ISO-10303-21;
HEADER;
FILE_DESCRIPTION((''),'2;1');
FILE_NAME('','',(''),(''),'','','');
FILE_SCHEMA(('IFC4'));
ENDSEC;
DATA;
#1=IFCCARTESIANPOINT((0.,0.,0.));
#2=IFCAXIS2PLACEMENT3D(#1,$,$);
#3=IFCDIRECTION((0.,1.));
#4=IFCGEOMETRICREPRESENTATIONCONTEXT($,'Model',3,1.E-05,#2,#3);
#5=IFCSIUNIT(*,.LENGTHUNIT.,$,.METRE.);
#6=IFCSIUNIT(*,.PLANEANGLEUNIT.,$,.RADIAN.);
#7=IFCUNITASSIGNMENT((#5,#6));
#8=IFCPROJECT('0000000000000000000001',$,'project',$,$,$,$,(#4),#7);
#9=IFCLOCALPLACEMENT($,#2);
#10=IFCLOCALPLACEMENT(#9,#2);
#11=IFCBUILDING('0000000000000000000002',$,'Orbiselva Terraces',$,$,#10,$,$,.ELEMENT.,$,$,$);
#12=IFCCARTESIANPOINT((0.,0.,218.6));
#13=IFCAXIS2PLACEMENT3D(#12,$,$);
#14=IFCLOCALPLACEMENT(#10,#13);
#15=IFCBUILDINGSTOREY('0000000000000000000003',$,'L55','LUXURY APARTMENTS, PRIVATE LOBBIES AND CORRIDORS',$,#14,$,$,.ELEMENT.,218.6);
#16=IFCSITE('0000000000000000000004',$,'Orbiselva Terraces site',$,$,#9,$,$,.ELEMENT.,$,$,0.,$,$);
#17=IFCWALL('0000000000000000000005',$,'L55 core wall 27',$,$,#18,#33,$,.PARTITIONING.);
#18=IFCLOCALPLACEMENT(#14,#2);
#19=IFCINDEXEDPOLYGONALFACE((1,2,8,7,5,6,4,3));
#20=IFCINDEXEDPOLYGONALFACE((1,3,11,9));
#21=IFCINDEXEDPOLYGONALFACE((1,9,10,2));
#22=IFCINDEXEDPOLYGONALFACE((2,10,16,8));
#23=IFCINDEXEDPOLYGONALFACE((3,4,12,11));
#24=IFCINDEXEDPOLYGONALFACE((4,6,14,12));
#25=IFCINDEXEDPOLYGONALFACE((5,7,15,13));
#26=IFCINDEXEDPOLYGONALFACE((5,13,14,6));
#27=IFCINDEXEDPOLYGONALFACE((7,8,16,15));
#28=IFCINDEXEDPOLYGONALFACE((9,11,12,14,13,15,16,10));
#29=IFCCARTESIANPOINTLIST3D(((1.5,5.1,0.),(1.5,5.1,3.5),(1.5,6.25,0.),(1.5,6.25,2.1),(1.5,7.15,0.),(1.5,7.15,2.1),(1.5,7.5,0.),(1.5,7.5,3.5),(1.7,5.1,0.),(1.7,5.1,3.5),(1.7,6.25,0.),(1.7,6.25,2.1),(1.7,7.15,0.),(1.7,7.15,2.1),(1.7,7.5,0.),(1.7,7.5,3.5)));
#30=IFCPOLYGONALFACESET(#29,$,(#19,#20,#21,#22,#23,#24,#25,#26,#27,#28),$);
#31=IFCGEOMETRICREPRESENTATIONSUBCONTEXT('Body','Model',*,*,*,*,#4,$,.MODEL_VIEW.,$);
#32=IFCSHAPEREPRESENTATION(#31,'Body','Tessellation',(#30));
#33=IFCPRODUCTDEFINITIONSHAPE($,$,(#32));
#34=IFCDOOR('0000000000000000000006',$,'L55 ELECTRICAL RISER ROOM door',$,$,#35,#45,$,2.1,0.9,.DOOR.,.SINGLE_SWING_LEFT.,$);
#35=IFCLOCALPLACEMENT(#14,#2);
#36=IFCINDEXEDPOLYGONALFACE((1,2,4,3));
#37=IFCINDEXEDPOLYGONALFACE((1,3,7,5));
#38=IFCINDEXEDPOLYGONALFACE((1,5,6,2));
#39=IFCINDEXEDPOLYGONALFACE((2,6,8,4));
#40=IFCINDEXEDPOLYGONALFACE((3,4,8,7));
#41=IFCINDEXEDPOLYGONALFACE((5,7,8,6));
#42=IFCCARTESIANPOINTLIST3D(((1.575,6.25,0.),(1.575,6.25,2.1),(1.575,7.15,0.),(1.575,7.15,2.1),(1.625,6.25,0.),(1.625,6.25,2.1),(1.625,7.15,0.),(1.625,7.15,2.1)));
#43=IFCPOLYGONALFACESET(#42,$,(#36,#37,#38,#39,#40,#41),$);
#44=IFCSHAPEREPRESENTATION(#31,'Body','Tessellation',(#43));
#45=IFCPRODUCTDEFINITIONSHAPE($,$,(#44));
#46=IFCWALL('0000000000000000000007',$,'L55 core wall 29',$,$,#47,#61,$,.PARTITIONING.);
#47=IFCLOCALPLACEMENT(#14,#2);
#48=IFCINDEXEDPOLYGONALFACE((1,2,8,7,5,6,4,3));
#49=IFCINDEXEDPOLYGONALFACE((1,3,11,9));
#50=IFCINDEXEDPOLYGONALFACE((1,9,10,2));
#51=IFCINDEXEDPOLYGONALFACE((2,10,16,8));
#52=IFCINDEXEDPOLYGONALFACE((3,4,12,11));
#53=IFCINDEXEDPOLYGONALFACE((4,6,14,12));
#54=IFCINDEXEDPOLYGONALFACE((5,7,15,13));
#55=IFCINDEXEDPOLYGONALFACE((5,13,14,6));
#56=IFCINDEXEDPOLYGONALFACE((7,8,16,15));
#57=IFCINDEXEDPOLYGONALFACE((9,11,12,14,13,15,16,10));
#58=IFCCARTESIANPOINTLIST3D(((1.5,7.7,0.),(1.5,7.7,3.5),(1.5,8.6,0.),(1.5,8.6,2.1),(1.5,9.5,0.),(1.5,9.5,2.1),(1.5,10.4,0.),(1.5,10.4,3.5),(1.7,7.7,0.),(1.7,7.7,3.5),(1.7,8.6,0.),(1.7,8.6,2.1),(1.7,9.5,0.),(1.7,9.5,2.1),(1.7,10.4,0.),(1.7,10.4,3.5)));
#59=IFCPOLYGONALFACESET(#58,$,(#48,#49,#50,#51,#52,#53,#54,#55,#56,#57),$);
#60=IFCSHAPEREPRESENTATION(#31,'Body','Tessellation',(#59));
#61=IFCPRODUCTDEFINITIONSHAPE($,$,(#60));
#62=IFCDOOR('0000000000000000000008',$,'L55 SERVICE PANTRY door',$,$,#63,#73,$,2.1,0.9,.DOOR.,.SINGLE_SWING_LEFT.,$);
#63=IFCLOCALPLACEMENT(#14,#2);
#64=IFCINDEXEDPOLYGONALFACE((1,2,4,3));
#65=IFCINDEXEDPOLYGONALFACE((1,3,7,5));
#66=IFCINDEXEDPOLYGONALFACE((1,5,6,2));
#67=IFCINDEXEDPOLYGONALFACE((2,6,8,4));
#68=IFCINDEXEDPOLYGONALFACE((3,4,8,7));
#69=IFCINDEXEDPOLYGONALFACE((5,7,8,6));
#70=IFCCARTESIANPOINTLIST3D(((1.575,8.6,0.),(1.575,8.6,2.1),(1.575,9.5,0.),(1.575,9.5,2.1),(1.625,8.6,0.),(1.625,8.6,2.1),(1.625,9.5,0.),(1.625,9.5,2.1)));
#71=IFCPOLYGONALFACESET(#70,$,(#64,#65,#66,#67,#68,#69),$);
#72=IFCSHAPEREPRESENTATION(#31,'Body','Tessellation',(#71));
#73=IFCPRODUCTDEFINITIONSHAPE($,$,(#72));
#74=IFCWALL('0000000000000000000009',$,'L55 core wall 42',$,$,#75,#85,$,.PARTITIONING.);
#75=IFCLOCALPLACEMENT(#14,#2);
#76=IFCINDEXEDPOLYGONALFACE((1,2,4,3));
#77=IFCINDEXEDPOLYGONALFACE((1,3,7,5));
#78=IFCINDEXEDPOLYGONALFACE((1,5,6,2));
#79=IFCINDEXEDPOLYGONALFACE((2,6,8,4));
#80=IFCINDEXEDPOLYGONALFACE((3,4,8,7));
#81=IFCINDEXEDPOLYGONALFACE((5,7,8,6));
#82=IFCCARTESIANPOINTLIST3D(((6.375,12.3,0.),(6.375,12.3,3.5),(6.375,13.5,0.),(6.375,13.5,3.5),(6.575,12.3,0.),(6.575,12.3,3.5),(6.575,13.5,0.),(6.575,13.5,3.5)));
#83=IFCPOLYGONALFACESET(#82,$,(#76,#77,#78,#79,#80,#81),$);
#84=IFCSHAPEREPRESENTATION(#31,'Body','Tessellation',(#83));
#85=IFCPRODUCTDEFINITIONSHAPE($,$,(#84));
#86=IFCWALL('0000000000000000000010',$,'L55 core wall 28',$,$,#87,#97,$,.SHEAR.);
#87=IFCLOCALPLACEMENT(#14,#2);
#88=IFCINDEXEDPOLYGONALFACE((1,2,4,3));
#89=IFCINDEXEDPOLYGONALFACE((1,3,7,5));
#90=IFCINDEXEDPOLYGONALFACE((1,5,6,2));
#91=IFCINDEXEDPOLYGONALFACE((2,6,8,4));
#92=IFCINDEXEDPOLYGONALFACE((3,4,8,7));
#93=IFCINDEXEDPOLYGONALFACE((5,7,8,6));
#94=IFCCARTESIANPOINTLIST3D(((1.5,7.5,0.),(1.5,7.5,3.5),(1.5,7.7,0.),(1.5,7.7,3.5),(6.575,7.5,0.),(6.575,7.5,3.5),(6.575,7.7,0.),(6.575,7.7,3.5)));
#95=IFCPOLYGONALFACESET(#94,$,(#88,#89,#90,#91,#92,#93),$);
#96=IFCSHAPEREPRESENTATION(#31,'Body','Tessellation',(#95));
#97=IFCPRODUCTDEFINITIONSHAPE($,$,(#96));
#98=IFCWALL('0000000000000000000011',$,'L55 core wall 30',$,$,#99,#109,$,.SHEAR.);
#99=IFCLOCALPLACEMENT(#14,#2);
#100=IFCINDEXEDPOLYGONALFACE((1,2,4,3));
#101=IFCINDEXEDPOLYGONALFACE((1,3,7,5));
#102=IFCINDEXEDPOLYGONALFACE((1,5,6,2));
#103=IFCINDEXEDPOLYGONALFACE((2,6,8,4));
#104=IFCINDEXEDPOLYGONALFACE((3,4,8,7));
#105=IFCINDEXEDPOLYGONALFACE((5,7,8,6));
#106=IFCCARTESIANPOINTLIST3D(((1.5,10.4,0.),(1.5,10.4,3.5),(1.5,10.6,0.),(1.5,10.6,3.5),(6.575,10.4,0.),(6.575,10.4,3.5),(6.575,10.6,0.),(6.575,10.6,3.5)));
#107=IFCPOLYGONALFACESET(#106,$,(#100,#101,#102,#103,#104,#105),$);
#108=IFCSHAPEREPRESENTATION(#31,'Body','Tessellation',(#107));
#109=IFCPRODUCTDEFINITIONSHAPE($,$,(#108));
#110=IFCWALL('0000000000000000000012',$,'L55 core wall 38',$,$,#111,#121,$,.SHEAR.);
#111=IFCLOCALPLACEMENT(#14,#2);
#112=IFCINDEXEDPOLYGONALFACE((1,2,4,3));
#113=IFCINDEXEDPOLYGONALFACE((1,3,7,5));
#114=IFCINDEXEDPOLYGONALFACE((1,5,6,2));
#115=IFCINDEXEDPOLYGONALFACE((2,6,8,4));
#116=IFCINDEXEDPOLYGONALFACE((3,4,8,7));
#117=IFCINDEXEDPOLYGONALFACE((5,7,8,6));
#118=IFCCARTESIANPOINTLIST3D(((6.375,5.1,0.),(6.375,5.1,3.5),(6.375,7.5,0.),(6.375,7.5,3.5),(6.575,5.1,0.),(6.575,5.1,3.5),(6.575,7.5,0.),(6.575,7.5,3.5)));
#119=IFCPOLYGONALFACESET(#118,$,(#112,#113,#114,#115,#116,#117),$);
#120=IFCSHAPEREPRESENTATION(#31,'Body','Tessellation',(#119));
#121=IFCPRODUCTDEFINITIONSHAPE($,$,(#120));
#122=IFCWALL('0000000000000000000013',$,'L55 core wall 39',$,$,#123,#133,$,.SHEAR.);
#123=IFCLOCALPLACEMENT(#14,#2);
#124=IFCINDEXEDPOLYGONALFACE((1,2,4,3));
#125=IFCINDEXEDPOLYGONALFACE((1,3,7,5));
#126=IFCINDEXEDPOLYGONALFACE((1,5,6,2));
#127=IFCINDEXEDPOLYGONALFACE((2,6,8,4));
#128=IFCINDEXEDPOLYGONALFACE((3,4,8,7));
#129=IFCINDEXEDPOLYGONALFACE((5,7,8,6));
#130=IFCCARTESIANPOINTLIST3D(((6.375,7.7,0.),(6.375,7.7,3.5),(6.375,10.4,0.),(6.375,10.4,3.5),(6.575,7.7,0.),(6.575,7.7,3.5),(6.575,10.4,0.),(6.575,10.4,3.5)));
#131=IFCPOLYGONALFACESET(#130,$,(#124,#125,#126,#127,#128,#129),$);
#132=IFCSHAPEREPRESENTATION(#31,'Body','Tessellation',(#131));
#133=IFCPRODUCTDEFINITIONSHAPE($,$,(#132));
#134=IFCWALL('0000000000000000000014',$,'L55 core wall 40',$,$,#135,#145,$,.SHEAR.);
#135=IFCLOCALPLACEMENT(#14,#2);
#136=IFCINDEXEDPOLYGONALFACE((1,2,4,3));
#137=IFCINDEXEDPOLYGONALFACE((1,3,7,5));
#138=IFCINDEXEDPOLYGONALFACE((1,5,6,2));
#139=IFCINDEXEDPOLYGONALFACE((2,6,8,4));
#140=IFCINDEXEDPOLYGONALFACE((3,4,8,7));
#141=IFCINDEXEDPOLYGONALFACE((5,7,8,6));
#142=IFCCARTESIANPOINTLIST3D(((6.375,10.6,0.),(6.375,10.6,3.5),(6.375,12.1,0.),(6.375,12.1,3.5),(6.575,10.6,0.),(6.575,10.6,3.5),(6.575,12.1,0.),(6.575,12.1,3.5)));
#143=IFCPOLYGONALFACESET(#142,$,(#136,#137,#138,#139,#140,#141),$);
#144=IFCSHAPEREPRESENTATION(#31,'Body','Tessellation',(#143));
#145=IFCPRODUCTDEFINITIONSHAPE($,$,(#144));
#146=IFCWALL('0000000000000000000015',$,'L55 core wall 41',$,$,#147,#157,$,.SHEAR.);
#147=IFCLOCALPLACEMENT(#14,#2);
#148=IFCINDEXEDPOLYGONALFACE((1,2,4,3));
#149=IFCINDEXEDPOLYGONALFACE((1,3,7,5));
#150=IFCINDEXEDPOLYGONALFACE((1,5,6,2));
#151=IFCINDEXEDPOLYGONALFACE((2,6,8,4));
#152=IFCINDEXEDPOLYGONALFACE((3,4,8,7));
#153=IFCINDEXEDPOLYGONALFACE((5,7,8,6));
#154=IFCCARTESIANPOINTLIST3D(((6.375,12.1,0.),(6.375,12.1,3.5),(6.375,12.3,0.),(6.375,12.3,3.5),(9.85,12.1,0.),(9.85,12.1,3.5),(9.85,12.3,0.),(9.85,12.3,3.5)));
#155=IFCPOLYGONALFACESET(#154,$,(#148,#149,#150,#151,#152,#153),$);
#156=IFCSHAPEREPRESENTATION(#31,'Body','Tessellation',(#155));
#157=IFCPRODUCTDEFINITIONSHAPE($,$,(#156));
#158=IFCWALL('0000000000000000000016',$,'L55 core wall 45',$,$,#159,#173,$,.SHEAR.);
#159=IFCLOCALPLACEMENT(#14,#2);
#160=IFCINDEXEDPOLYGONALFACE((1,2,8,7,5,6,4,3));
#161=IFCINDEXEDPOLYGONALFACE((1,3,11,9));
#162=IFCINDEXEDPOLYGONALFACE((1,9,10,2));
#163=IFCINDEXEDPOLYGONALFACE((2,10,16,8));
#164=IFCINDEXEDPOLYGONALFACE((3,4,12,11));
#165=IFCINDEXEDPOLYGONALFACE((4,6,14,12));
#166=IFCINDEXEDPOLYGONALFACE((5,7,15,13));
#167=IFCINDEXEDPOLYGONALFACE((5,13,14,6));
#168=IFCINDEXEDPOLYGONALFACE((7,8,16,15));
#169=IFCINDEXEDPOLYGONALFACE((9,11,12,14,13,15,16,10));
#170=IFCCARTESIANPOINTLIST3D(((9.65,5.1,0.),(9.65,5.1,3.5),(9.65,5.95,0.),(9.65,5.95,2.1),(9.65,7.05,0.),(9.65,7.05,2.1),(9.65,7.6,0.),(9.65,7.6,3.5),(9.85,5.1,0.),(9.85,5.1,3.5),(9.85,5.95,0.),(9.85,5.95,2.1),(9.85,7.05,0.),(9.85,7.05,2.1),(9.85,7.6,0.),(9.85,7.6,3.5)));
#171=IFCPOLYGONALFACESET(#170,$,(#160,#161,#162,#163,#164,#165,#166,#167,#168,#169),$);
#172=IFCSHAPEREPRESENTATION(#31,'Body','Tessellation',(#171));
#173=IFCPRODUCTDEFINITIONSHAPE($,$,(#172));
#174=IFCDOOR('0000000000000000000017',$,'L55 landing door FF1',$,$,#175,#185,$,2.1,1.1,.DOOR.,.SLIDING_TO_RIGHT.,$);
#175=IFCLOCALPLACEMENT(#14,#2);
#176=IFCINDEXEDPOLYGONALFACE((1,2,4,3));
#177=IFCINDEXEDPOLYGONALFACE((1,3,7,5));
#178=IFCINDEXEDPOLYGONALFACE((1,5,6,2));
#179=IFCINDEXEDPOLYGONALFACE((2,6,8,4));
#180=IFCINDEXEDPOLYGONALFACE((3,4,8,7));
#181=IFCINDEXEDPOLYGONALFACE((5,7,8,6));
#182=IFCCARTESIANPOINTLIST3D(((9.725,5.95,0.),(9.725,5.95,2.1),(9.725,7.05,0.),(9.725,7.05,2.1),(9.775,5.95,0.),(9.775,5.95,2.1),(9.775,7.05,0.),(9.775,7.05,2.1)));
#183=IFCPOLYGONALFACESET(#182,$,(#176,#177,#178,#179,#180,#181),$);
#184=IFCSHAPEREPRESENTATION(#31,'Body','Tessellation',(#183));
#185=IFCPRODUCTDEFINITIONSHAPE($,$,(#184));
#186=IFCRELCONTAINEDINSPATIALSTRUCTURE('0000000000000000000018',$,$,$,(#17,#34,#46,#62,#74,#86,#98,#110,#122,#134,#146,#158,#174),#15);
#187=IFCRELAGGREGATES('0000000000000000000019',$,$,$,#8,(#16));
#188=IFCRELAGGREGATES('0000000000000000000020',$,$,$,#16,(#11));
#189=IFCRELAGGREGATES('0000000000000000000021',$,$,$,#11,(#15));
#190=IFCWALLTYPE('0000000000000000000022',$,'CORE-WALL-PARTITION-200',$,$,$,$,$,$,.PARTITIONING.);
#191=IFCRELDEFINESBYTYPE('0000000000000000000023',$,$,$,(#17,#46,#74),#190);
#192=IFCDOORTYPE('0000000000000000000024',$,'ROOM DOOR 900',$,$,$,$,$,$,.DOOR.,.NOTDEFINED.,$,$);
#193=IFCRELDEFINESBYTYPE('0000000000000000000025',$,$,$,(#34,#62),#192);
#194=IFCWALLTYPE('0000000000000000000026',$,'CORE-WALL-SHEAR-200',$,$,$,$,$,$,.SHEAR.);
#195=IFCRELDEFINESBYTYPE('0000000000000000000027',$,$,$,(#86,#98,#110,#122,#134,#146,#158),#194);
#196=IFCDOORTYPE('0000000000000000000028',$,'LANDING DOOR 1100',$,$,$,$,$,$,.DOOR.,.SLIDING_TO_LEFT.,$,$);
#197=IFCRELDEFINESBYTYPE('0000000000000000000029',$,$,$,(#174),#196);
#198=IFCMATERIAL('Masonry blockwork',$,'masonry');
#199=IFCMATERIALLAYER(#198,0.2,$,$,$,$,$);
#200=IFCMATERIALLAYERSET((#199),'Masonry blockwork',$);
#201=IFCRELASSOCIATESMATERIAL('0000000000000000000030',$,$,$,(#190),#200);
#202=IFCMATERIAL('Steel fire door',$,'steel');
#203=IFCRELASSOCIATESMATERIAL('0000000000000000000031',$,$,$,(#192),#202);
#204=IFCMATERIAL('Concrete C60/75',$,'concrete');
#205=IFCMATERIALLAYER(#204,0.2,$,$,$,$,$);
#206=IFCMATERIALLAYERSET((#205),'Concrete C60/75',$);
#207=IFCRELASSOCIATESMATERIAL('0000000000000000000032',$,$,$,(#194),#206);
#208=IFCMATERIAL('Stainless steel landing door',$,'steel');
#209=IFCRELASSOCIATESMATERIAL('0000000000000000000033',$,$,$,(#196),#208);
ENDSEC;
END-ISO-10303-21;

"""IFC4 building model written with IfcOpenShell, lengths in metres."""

from ifc_helpers import new_model, si_unit, direction, frame, frame_2d, origin, place, context, subcontext, project, spatial, rectangle, extrude, material, layer, layer_set, type_object, element, fill, save


model = new_model("IFC4")

# Units and contexts
model_context = context("Model", 3, precision=1e-05, world=origin(), true_north=direction((0.0, 1.0)))
body_context = subcontext(model_context, "Body", "Model", "MODEL_VIEW")
ifc_project = project(units=[si_unit("LENGTHUNIT", "METRE"), si_unit("PLANEANGLEUNIT", "RADIAN")], contexts=[model_context])

# Site, building, storey
site_placement = place(None, origin())
site = spatial("IfcSite", under=ifc_project, at=site_placement, Name="Orbiselva Terraces site", CompositionType="ELEMENT", RefElevation=0.0)
building_placement = place(site_placement, origin())
building = spatial("IfcBuilding", under=site, at=building_placement, Name="Orbiselva Terraces", CompositionType="ELEMENT")
storey_placement = place(building_placement, frame((0.0, 0.0, 218.6)))
storey = spatial("IfcBuildingStorey", under=building, at=storey_placement, Name="L55", Description="LUXURY APARTMENTS, PRIVATE LOBBIES AND CORRIDORS", CompositionType="ELEMENT", Elevation=218.6)

# Walls, openings, doors
ifc_material_1 = material(Name="Masonry blockwork", Category="masonry")
ifc_layer_1 = layer(ifc_material_1, 0.2)
ifc_layer_set_1 = layer_set([ifc_layer_1], Name="Masonry blockwork")
wall_type_1 = type_object("IfcWallType", Name="CORE-WALL-PARTITION-200", PredefinedType="PARTITIONING", material=ifc_layer_set_1)
wall_1_placement = place(storey_placement, frame((1.6, 7.5, 0.0), z_axis=(0.0, 0.0, 1.0), x_axis=(0.0, -1.0, 0.0)))
wall_1 = element("IfcWall", 1, at=wall_1_placement, inside=storey, type_object=wall_type_1, Name="L55 core wall 27", PredefinedType="PARTITIONING", context=body_context, shape_type="SweptSolid", body=[
    extrude(rectangle(XDim=2.4, YDim=0.2, at=frame_2d((1.2, 0.0))), origin(), (0.0, 0.0, 1.0), 3.5),
])
opening_1_placement = place(wall_1_placement, frame((0.35, 0.0, 0.0)))
opening_1 = element("IfcOpeningElement", 2, at=opening_1_placement, cuts=wall_1, PredefinedType="OPENING", context=body_context, shape_type="SweptSolid", body=[
    extrude(rectangle(XDim=0.9, YDim=2.1, at=frame_2d((0.45, 1.05))), frame((0.0, 0.11, 0.0), z_axis=(0.0, -1.0, 0.0), x_axis=(1.0, 0.0, 0.0)), (0.0, 0.0, 1.0), 0.22),
])
ifc_material_2 = material(Name="Steel fire door", Category="steel")
door_type_1 = type_object("IfcDoorType", Name="ROOM DOOR 900", OperationType="NOTDEFINED", PredefinedType="DOOR", material=ifc_material_2)
door_1_placement = place(opening_1_placement, origin())
door_1 = element("IfcDoor", 3, at=door_1_placement, inside=storey, type_object=door_type_1, Name="L55 ELECTRICAL RISER ROOM door", OperationType="SINGLE_SWING_LEFT", OverallHeight=2.1, OverallWidth=0.9, PredefinedType="DOOR", context=body_context, shape_type="SweptSolid", body=[
    extrude(rectangle(XDim=0.9, YDim=2.1, at=frame_2d((0.45, 1.05))), frame((0.0, 0.025, 0.0), z_axis=(0.0, -1.0, 0.0), x_axis=(1.0, 0.0, 0.0)), (0.0, 0.0, 1.0), 0.05),
])
fill(opening_1, door_1)
wall_2_placement = place(storey_placement, frame((1.6, 10.4, 0.0), z_axis=(0.0, 0.0, 1.0), x_axis=(0.0, -1.0, 0.0)))
wall_2 = element("IfcWall", 4, at=wall_2_placement, inside=storey, type_object=wall_type_1, Name="L55 core wall 29", PredefinedType="PARTITIONING", context=body_context, shape_type="SweptSolid", body=[
    extrude(rectangle(XDim=2.7, YDim=0.2, at=frame_2d((1.35, 0.0))), origin(), (0.0, 0.0, 1.0), 3.5),
])
opening_2_placement = place(wall_2_placement, frame((0.9, 0.0, 0.0)))
opening_2 = element("IfcOpeningElement", 5, at=opening_2_placement, cuts=wall_2, PredefinedType="OPENING", context=body_context, shape_type="SweptSolid", body=[
    extrude(rectangle(XDim=0.9, YDim=2.1, at=frame_2d((0.45, 1.05))), frame((0.0, 0.11, 0.0), z_axis=(0.0, -1.0, 0.0), x_axis=(1.0, 0.0, 0.0)), (0.0, 0.0, 1.0), 0.22),
])
door_2_placement = place(opening_2_placement, origin())
door_2 = element("IfcDoor", 6, at=door_2_placement, inside=storey, type_object=door_type_1, Name="L55 SERVICE PANTRY door", OperationType="SINGLE_SWING_LEFT", OverallHeight=2.1, OverallWidth=0.9, PredefinedType="DOOR", context=body_context, shape_type="SweptSolid", body=[
    extrude(rectangle(XDim=0.9, YDim=2.1, at=frame_2d((0.45, 1.05))), frame((0.0, 0.025, 0.0), z_axis=(0.0, -1.0, 0.0), x_axis=(1.0, 0.0, 0.0)), (0.0, 0.0, 1.0), 0.05),
])
fill(opening_2, door_2)

# Walls
wall_3_placement = place(storey_placement, frame((6.475, 12.3, 0.0), z_axis=(0.0, 0.0, 1.0), x_axis=(0.0, 1.0, 0.0)))
element("IfcWall", 7, at=wall_3_placement, inside=storey, type_object=wall_type_1, Name="L55 core wall 42", PredefinedType="PARTITIONING", context=body_context, shape_type="SweptSolid", body=[
    extrude(rectangle(XDim=1.2, YDim=0.2, at=frame_2d((0.6, 0.0))), origin(), (0.0, 0.0, 1.0), 3.5),
])
ifc_material_3 = material(Name="Concrete C60/75", Category="concrete")
ifc_layer_2 = layer(ifc_material_3, 0.2)
ifc_layer_set_2 = layer_set([ifc_layer_2], Name="Concrete C60/75")
wall_type_2 = type_object("IfcWallType", Name="CORE-WALL-SHEAR-200", PredefinedType="SHEAR", material=ifc_layer_set_2)
for number, where, z_axis, x_axis, name in (
    (8, (1.5, 7.6, 0.0), (0.0, 0.0, 1.0), (1.0, 0.0, 0.0), "L55 core wall 28"),
    (9, (1.5, 10.5, 0.0), (0.0, 0.0, 1.0), (1.0, 0.0, 0.0), "L55 core wall 30"),
):
    element("IfcWall", number, at=place(storey_placement, frame(where, z_axis=z_axis, x_axis=x_axis)), inside=storey, type_object=wall_type_2, Name=name, PredefinedType="SHEAR", context=body_context, shape_type="SweptSolid", body=[
        extrude(rectangle(XDim=5.075, YDim=0.2, at=frame_2d((2.5375, 0.0))), origin(), (0.0, 0.0, 1.0), 3.5),
    ])
wall_4_placement = place(storey_placement, frame((6.475, 5.1, 0.0), z_axis=(0.0, 0.0, 1.0), x_axis=(0.0, 1.0, 0.0)))
element("IfcWall", 10, at=wall_4_placement, inside=storey, type_object=wall_type_2, Name="L55 core wall 38", PredefinedType="SHEAR", context=body_context, shape_type="SweptSolid", body=[
    extrude(rectangle(XDim=2.4, YDim=0.2, at=frame_2d((1.2, 0.0))), origin(), (0.0, 0.0, 1.0), 3.5),
])
wall_5_placement = place(storey_placement, frame((6.475, 7.7, 0.0), z_axis=(0.0, 0.0, 1.0), x_axis=(0.0, 1.0, 0.0)))
element("IfcWall", 11, at=wall_5_placement, inside=storey, type_object=wall_type_2, Name="L55 core wall 39", PredefinedType="SHEAR", context=body_context, shape_type="SweptSolid", body=[
    extrude(rectangle(XDim=2.7, YDim=0.2, at=frame_2d((1.35, 0.0))), origin(), (0.0, 0.0, 1.0), 3.5),
])
wall_6_placement = place(storey_placement, frame((6.475, 10.6, 0.0), z_axis=(0.0, 0.0, 1.0), x_axis=(0.0, 1.0, 0.0)))
element("IfcWall", 12, at=wall_6_placement, inside=storey, type_object=wall_type_2, Name="L55 core wall 40", PredefinedType="SHEAR", context=body_context, shape_type="SweptSolid", body=[
    extrude(rectangle(XDim=1.5, YDim=0.2, at=frame_2d((0.75, 0.0))), origin(), (0.0, 0.0, 1.0), 3.5),
])
wall_7_placement = place(storey_placement, frame((6.375, 12.2, 0.0), z_axis=(0.0, 0.0, 1.0), x_axis=(1.0, 0.0, 0.0)))
element("IfcWall", 13, at=wall_7_placement, inside=storey, type_object=wall_type_2, Name="L55 core wall 41", PredefinedType="SHEAR", context=body_context, shape_type="SweptSolid", body=[
    extrude(rectangle(XDim=3.475, YDim=0.2, at=frame_2d((1.7375, 0.0))), origin(), (0.0, 0.0, 1.0), 3.5),
])

# Wall, opening, door
wall_8_placement = place(storey_placement, frame((9.75, 5.1, 0.0), z_axis=(0.0, 0.0, 1.0), x_axis=(0.0, 1.0, 0.0)))
wall_8 = element("IfcWall", 14, at=wall_8_placement, inside=storey, type_object=wall_type_2, Name="L55 core wall 45", PredefinedType="SHEAR", context=body_context, shape_type="SweptSolid", body=[
    extrude(rectangle(XDim=2.5, YDim=0.2, at=frame_2d((1.25, 0.0))), origin(), (0.0, 0.0, 1.0), 3.5),
])
opening_3_placement = place(wall_8_placement, frame((0.85, 0.0, 0.0)))
opening_3 = element("IfcOpeningElement", 15, at=opening_3_placement, cuts=wall_8, PredefinedType="OPENING", context=body_context, shape_type="SweptSolid", body=[
    extrude(rectangle(XDim=1.1, YDim=2.1, at=frame_2d((0.55, 1.05))), frame((0.0, 0.11, 0.0), z_axis=(0.0, -1.0, 0.0), x_axis=(1.0, 0.0, 0.0)), (0.0, 0.0, 1.0), 0.22),
])
ifc_material_4 = material(Name="Stainless steel landing door", Category="steel")
door_type_2 = type_object("IfcDoorType", Name="LANDING DOOR 1100", OperationType="SLIDING_TO_LEFT", PredefinedType="DOOR", material=ifc_material_4)
door_3_placement = place(opening_3_placement, origin())
door_3 = element("IfcDoor", 16, at=door_3_placement, inside=storey, type_object=door_type_2, Name="L55 landing door FF1", OperationType="SLIDING_TO_RIGHT", OverallHeight=2.1, OverallWidth=1.1, PredefinedType="DOOR", context=body_context, shape_type="SweptSolid", body=[
    extrude(rectangle(XDim=1.1, YDim=2.1, at=frame_2d((0.55, 1.05))), frame((0.0, 0.025, 0.0), z_axis=(0.0, -1.0, 0.0), x_axis=(1.0, 0.0, 0.0)), (0.0, 0.0, 1.0), 0.05),
])
fill(opening_3, door_3)

save(model, "model.ifc")
